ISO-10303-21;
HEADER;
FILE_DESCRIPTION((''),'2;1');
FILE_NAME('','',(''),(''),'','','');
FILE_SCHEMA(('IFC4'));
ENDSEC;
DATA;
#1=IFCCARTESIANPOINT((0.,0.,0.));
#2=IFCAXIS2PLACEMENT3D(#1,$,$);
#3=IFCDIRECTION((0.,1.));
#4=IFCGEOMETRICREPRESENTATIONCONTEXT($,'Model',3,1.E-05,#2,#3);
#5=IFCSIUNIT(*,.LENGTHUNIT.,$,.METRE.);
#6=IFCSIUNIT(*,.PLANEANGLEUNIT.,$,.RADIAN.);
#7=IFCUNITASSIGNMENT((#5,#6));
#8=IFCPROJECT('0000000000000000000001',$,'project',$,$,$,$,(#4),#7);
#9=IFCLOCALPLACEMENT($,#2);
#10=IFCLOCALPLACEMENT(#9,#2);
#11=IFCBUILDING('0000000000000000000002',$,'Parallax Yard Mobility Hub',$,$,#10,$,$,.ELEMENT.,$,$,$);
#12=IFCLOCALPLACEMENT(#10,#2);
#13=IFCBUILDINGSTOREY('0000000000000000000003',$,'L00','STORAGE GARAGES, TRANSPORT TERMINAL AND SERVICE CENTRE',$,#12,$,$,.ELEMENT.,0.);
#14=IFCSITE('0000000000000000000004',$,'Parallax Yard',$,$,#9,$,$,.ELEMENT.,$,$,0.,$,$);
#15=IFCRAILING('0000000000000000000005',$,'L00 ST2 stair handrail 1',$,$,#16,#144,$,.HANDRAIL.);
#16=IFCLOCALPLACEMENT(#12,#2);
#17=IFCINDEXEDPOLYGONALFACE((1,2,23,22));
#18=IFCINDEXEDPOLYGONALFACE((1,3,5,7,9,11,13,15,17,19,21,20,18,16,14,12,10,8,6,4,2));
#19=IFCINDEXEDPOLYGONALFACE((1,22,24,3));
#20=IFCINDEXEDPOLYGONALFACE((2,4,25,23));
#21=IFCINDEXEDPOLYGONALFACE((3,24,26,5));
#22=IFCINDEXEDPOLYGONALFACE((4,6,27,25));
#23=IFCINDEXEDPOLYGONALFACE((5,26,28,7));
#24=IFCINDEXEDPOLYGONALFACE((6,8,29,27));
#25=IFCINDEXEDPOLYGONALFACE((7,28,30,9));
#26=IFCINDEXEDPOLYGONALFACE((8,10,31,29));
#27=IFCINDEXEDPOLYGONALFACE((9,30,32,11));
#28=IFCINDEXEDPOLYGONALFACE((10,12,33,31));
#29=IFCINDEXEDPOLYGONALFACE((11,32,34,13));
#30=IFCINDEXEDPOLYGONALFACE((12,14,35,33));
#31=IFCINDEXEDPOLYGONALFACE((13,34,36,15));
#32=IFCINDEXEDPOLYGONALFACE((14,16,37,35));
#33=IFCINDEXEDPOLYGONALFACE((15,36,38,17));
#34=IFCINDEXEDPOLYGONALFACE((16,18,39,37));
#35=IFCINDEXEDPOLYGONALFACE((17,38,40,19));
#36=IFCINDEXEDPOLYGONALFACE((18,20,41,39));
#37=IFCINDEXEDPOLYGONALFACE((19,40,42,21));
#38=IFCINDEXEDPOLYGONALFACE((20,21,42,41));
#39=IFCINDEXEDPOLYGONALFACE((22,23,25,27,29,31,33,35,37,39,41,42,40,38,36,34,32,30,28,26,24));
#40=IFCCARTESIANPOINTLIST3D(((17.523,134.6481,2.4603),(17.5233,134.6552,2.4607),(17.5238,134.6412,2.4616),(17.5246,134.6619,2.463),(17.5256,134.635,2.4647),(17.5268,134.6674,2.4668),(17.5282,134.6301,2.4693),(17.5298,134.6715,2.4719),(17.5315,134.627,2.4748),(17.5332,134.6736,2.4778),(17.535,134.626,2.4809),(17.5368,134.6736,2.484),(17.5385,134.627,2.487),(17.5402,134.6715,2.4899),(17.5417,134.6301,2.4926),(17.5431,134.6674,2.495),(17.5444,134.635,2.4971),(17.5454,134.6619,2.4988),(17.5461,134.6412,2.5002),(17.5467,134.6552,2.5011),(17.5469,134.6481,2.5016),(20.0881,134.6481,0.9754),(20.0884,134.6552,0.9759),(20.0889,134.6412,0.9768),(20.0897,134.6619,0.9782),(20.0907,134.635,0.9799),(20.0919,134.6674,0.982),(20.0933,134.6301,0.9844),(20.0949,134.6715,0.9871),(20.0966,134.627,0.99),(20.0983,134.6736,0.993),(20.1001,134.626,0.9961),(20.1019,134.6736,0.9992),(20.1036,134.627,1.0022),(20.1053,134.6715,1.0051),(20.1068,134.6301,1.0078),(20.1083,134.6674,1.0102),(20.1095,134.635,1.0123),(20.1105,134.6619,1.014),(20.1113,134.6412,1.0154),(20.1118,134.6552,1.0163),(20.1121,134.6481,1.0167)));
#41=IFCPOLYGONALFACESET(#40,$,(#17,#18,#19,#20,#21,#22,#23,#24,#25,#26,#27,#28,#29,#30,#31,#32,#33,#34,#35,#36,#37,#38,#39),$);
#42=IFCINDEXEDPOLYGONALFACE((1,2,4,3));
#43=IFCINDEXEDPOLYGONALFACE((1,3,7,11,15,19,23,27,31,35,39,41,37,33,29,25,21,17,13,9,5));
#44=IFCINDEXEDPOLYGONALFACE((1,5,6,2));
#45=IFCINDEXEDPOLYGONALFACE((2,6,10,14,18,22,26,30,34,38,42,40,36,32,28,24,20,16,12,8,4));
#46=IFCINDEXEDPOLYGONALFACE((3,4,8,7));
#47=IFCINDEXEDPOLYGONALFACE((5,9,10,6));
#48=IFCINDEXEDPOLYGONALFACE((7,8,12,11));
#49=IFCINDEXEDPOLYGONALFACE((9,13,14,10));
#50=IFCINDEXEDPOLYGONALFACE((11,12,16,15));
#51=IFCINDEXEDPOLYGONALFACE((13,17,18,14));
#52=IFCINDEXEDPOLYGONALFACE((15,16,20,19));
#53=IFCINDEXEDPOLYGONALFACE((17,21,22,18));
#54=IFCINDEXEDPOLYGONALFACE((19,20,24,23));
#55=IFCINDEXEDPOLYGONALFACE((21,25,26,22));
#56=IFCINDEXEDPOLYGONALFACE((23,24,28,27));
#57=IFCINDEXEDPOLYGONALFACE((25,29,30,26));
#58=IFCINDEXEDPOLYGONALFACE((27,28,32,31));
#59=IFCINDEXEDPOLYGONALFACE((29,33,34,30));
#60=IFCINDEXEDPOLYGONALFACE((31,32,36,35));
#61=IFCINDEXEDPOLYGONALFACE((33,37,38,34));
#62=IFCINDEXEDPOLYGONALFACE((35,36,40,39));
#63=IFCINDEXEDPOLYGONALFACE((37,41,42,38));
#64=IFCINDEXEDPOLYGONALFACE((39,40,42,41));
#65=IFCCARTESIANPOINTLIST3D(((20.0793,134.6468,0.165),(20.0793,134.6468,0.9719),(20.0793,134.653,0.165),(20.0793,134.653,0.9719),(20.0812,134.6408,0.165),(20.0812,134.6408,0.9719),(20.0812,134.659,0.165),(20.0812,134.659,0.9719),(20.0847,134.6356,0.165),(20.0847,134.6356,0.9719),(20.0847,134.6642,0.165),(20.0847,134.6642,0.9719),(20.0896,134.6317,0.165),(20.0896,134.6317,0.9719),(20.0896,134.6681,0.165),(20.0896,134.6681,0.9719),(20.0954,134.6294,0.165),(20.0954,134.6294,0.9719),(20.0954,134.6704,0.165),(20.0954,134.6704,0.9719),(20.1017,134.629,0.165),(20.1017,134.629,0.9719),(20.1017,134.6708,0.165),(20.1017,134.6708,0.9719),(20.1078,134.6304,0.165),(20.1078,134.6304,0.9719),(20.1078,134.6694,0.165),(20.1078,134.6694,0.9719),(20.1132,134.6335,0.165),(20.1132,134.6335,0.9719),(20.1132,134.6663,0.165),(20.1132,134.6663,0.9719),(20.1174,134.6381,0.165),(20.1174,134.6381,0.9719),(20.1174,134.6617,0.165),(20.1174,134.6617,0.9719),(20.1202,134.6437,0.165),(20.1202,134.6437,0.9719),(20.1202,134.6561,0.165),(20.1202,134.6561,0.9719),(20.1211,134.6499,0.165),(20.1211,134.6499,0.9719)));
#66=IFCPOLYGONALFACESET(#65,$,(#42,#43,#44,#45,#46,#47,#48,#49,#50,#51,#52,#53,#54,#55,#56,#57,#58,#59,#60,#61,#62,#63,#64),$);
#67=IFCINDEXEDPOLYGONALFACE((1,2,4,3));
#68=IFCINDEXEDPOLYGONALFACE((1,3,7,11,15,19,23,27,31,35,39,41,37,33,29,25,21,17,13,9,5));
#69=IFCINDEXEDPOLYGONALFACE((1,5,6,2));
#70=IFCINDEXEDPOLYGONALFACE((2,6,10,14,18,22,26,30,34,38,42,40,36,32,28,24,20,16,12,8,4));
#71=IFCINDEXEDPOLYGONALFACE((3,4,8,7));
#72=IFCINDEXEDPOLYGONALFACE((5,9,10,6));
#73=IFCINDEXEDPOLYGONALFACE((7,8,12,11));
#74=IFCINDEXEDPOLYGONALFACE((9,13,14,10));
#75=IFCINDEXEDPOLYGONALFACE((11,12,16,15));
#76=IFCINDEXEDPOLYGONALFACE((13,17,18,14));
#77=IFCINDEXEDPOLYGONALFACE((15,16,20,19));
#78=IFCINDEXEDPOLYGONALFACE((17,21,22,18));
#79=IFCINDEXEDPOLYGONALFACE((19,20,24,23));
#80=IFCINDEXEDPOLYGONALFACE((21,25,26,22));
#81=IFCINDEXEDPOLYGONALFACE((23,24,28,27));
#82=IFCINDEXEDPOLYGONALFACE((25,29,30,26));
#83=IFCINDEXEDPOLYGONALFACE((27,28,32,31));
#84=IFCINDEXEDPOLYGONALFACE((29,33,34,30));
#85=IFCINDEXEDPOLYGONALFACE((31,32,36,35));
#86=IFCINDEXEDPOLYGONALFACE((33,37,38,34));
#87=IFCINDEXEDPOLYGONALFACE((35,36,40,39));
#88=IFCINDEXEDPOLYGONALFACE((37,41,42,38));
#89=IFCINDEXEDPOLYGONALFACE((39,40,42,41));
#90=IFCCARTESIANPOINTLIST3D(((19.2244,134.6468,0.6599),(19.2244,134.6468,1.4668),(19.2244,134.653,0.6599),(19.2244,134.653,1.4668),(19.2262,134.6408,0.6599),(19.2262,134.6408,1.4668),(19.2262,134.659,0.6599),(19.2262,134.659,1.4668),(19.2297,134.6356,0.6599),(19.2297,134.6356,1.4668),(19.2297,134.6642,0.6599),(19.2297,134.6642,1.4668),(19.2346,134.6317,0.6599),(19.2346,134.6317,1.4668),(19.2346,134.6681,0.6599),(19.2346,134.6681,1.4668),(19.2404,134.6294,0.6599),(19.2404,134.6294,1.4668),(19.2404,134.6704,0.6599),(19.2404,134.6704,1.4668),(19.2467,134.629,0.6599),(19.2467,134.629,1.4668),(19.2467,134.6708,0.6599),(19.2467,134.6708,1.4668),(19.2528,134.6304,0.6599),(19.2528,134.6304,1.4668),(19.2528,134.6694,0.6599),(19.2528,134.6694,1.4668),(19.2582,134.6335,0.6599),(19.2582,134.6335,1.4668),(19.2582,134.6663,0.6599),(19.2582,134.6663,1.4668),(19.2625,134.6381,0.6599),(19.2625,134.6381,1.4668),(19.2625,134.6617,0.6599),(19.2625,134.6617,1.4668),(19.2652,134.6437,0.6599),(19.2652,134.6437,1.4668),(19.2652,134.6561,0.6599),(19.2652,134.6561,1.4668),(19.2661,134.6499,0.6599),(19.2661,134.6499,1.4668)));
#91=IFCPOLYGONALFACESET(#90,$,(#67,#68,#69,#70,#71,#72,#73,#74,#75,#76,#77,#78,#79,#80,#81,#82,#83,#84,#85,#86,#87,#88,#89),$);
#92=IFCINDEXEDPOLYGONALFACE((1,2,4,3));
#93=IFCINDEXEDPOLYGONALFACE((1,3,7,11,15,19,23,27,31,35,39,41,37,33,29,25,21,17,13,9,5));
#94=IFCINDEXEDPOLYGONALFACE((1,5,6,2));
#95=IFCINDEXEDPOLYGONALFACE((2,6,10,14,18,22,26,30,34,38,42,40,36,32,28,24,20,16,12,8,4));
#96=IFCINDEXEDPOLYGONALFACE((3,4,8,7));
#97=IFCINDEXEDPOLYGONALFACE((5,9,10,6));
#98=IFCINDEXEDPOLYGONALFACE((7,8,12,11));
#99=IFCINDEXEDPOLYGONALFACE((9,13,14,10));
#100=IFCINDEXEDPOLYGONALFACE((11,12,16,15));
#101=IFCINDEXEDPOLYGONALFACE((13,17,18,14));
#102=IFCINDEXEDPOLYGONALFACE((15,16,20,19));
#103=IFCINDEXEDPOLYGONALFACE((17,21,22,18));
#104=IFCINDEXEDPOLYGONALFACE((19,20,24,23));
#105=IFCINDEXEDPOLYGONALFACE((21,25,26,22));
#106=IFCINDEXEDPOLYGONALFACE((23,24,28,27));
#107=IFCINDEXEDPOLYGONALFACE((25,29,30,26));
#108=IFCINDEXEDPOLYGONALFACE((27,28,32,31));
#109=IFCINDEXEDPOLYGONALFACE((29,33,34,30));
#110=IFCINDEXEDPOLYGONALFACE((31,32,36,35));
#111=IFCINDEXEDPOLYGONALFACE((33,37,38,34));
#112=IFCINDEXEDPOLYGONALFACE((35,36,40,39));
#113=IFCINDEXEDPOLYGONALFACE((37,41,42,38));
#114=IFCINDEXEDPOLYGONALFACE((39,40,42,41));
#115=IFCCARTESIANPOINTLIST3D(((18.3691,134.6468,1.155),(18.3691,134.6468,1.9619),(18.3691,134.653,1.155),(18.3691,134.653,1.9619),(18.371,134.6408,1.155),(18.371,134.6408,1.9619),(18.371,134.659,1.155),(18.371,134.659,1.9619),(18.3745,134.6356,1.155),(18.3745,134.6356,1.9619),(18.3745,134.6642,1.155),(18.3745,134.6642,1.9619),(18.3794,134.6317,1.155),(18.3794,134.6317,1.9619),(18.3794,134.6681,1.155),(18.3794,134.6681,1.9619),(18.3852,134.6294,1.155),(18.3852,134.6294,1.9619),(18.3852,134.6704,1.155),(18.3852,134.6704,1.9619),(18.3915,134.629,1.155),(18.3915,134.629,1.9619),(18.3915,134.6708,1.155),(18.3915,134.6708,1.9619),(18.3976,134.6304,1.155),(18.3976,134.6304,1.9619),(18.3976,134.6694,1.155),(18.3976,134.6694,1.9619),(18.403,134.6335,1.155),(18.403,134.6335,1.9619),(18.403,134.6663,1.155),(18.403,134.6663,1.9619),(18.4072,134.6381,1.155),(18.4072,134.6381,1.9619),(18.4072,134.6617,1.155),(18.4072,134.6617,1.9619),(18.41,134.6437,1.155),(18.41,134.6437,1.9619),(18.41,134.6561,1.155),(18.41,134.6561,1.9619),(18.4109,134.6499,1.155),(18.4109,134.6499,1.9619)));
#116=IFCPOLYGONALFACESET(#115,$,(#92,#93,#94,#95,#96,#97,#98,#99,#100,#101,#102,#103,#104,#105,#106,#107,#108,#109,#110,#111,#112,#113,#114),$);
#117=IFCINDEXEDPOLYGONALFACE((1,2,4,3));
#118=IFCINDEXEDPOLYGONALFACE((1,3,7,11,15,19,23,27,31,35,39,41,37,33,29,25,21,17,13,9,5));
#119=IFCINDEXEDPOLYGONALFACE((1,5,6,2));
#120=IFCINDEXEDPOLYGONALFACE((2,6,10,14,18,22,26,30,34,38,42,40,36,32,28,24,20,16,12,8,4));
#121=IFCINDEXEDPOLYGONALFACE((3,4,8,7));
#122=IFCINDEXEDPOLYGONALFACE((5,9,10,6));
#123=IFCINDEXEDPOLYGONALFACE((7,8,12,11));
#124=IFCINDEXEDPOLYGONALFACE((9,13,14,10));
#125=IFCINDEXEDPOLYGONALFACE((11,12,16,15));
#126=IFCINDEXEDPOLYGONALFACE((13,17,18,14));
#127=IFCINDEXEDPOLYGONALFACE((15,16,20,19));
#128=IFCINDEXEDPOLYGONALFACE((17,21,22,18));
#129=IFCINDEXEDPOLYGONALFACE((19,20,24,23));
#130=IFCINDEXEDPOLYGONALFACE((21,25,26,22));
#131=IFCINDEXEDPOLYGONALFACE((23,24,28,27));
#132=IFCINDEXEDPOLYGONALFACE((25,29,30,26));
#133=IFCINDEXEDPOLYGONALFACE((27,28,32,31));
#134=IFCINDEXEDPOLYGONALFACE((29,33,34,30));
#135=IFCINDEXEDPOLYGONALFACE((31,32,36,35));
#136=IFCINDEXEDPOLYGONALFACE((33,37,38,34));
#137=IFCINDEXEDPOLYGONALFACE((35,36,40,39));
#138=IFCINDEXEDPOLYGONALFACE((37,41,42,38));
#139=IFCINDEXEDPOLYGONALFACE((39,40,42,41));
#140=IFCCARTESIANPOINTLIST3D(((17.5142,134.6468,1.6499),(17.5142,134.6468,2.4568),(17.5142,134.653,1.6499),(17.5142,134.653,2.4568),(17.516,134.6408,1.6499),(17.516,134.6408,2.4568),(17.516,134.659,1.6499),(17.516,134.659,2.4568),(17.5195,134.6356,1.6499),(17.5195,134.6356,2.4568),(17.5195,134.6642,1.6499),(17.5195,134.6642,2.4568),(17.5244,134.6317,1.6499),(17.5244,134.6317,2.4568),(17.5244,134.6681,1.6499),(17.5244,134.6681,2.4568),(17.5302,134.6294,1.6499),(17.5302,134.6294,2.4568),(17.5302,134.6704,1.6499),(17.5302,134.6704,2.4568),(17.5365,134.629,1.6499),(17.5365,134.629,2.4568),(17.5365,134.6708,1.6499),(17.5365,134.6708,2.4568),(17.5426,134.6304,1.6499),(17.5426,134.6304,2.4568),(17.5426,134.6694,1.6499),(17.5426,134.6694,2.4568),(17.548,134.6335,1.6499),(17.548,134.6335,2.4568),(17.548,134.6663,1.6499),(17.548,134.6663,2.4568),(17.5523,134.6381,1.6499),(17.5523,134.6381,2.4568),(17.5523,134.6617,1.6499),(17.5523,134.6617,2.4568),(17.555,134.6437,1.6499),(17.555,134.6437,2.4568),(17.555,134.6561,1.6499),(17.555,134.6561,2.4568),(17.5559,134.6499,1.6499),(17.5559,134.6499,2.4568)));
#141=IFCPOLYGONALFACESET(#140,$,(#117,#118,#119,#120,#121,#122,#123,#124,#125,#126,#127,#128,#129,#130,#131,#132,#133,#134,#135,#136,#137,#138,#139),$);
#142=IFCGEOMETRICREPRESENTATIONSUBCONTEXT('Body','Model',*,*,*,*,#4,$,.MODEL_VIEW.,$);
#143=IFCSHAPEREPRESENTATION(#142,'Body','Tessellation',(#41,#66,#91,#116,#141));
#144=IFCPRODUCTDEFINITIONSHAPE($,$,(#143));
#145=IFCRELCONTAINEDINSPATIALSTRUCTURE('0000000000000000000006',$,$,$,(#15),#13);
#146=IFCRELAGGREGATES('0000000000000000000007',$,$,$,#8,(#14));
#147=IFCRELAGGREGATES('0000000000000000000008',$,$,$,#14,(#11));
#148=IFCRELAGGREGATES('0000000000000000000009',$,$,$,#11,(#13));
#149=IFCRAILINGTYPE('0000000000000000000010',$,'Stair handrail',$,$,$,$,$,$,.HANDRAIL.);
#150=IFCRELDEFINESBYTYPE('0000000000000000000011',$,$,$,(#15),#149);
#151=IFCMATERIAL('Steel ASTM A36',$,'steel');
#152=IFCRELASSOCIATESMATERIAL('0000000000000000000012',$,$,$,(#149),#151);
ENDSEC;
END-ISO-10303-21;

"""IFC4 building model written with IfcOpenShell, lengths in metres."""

from ifc_helpers import new_model, si_unit, direction, frame, origin, origin_2d, place, context, subcontext, project, spatial, circle, extrude, material, type_object, element, save


model = new_model("IFC4")

# Units and contexts
model_context = context("Model", 3, precision=1e-05, world=origin(), true_north=direction((0.0, 1.0)))
body_context = subcontext(model_context, "Body", "Model", "MODEL_VIEW")
ifc_project = project(units=[si_unit("LENGTHUNIT", "METRE"), si_unit("PLANEANGLEUNIT", "RADIAN")], contexts=[model_context])

# Site, building, storey
site_placement = place(None, origin())
site = spatial("IfcSite", under=ifc_project, at=site_placement, Name="Parallax Yard", CompositionType="ELEMENT", RefElevation=0.0)
building_placement = place(site_placement, origin())
building = spatial("IfcBuilding", under=site, at=building_placement, Name="Parallax Yard Mobility Hub", CompositionType="ELEMENT")
storey_placement = place(building_placement, origin())
storey = spatial("IfcBuildingStorey", under=building, at=storey_placement, Name="L00", Description="STORAGE GARAGES, TRANSPORT TERMINAL AND SERVICE CENTRE", CompositionType="ELEMENT", Elevation=0.0)

# Railing
ifc_material_1 = material(Name="Steel ASTM A36", Category="steel")
railing_type_1 = type_object("IfcRailingType", Name="Stair handrail", PredefinedType="HANDRAIL", material=ifc_material_1)
railing_1_placement = place(storey_placement, frame((20.1001, 134.6499, 0.165)))
element("IfcRailing", 1, at=railing_1_placement, inside=storey, type_object=railing_type_1, Name="L00 ST2 stair handrail 1", PredefinedType="HANDRAIL", context=body_context, shape_type="SweptSolid", body=[
    extrude(circle(Radius=0.0239, at=origin_2d()), frame((0.0, 0.0, 0.8311), z_axis=(-0.865462, 0.0, 0.500975), x_axis=(0.0, -1.0, 0.0)), (0.0, 0.0, 1.0), 2.9639),
    extrude(circle(Radius=0.021, at=origin_2d()), origin(), (0.0, 0.0, 1.0), 0.8069),
    extrude(circle(Radius=0.021, at=origin_2d()), frame((-0.855, 0.0, 0.4949)), (0.0, 0.0, 1.0), 0.8069),
    extrude(circle(Radius=0.021, at=origin_2d()), frame((-1.7102, 0.0, 0.99)), (0.0, 0.0, 1.0), 0.8069),
    extrude(circle(Radius=0.021, at=origin_2d()), frame((-2.5652, 0.0, 1.4849)), (0.0, 0.0, 1.0), 0.8069),
])

save(model, "model.ifc")
